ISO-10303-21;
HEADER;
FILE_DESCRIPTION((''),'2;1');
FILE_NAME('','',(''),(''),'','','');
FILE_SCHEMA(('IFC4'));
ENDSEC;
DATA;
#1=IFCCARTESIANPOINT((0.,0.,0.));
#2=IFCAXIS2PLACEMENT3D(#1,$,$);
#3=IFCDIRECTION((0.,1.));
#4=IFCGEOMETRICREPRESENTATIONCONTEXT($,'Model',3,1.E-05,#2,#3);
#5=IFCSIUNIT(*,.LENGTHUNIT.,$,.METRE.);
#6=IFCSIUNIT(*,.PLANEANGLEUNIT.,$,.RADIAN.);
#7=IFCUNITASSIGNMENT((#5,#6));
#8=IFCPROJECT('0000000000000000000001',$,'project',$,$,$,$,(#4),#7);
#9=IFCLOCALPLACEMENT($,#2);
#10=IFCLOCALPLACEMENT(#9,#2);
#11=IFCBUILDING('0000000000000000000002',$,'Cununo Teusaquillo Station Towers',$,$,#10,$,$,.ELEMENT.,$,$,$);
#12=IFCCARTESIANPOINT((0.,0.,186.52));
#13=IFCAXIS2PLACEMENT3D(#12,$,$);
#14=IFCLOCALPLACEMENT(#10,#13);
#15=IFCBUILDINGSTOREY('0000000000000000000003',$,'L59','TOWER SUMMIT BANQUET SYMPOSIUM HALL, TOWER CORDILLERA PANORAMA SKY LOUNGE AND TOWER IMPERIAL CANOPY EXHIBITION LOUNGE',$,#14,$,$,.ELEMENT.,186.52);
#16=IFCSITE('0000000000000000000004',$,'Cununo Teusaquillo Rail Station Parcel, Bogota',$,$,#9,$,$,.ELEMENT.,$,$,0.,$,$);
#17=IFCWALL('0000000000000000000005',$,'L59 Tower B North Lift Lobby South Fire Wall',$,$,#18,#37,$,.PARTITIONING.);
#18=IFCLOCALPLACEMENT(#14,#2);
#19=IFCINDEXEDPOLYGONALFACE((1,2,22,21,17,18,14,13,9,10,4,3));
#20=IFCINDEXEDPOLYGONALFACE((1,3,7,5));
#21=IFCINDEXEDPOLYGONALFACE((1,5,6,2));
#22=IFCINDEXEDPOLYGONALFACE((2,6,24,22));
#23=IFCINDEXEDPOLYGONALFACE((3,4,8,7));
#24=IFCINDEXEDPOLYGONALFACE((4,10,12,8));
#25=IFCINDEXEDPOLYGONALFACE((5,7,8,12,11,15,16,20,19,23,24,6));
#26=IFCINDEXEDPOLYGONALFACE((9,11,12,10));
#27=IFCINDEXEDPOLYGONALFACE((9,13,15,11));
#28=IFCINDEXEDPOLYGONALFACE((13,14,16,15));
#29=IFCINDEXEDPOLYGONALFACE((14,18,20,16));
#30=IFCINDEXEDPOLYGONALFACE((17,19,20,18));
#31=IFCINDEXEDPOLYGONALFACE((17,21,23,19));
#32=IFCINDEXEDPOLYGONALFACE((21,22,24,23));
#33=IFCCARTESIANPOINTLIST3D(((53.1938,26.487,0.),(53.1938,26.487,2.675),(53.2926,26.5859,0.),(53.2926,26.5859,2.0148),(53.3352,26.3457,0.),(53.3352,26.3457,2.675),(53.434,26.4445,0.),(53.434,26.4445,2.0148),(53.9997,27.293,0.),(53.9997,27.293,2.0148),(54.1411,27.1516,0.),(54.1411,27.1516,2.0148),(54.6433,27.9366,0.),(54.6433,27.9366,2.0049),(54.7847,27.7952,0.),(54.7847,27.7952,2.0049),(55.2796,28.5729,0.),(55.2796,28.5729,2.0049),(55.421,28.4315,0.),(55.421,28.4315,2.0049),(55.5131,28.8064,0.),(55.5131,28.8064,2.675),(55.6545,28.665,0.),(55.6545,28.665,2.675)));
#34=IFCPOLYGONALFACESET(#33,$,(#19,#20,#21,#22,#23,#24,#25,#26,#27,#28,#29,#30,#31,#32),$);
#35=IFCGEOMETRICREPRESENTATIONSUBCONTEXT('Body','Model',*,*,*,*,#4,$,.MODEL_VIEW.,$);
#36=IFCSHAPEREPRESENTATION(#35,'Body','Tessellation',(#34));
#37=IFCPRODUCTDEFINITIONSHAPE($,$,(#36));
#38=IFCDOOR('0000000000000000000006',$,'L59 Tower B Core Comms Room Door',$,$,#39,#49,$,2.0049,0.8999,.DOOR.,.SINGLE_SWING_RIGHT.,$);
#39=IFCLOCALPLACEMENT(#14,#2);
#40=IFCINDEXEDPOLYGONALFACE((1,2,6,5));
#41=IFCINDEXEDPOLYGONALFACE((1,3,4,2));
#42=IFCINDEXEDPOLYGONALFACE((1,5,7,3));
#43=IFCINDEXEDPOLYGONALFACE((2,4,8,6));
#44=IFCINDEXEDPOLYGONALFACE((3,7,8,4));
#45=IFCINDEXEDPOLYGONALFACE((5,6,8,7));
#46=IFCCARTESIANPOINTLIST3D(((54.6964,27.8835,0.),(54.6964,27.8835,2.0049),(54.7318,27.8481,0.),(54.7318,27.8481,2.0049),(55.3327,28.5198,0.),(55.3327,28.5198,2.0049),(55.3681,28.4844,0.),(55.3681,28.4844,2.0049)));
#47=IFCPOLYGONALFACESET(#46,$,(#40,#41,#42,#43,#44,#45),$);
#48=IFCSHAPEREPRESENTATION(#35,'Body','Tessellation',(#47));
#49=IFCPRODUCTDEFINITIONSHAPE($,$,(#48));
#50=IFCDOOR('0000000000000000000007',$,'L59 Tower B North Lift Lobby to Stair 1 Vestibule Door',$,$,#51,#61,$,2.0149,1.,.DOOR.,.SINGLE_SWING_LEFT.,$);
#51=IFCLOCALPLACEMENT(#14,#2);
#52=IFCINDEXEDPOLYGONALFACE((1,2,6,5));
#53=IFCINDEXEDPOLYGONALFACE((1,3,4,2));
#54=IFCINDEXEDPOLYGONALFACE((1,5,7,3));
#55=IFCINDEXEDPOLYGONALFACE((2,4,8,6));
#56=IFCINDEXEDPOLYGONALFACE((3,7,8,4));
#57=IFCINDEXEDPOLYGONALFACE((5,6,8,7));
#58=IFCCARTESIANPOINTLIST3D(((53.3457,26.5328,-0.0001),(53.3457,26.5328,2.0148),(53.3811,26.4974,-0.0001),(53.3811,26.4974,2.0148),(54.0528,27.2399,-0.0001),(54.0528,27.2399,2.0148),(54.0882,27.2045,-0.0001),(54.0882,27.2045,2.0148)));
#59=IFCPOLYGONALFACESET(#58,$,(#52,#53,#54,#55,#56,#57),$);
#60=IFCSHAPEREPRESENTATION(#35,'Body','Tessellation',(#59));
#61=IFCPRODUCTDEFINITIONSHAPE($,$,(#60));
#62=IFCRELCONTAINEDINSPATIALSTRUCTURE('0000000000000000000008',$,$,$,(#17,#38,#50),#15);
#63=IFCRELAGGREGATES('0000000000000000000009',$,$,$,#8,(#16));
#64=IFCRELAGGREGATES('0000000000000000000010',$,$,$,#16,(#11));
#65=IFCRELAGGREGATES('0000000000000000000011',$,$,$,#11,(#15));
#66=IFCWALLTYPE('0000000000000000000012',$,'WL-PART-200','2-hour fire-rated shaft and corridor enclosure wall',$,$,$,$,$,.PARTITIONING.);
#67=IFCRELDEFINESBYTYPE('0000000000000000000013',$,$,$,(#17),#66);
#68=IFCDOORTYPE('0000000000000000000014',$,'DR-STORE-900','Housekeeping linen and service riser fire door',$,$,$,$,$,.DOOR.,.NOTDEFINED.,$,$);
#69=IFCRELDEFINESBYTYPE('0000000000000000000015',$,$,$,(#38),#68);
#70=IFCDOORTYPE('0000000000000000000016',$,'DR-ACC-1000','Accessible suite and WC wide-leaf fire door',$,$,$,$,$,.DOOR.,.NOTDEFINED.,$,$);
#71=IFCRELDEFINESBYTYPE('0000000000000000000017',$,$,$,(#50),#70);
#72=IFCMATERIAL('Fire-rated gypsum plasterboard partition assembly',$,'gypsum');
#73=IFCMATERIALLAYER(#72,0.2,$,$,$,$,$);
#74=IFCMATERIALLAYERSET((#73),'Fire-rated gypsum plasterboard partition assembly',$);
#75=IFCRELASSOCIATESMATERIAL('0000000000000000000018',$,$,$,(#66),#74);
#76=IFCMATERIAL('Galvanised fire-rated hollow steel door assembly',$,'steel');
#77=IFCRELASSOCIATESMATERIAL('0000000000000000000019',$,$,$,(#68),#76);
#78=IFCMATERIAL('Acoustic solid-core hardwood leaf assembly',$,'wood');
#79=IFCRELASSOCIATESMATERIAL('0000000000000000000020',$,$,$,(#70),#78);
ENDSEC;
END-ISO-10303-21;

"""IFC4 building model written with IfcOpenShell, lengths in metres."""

from ifc_helpers import new_model, si_unit, direction, frame, frame_2d, origin, place, context, subcontext, project, spatial, rectangle, extrude, source, transform, mapped, material, layer, layer_set, type_object, element, fill, save


model = new_model("IFC4")

# Units and contexts
model_context = context("Model", 3, precision=1e-05, world=origin(), true_north=direction((0.0, 1.0)))
body_context = subcontext(model_context, "Body", "Model", "MODEL_VIEW")
ifc_project = project(units=[si_unit("LENGTHUNIT", "METRE"), si_unit("PLANEANGLEUNIT", "RADIAN")], contexts=[model_context])

# Site, building, storey
site_placement = place(None, origin())
site = spatial("IfcSite", under=ifc_project, at=site_placement, Name="Cununo Teusaquillo Rail Station Parcel, Bogota", CompositionType="ELEMENT", RefElevation=0.0)
building_placement = place(site_placement, origin())
building = spatial("IfcBuilding", under=site, at=building_placement, Name="Cununo Teusaquillo Station Towers", CompositionType="ELEMENT")
storey_placement = place(building_placement, frame((0.0, 0.0, 186.52)))
storey = spatial("IfcBuildingStorey", under=building, at=storey_placement, Name="L59", Description="TOWER SUMMIT BANQUET SYMPOSIUM HALL, TOWER CORDILLERA PANORAMA SKY LOUNGE AND TOWER IMPERIAL CANOPY EXHIBITION LOUNGE", CompositionType="ELEMENT", Elevation=186.52)

# Shared definitions
shared_shape_1 = source(origin(), body_context, "Body", "SweptSolid", [
    extrude(rectangle(XDim=0.8999, YDim=2.0049, at=frame_2d((0.45, 1.0024))), frame((0.0, 0.0249, 0.0), z_axis=(0.0, -1.0, 0.0), x_axis=(1.0, 0.0, 0.0)), (0.0, 0.0, 1.0), 0.05),
])

# Wall, openings, doors
ifc_material_1 = material(Name="Fire-rated gypsum plasterboard partition assembly", Category="gypsum")
ifc_layer_1 = layer(ifc_material_1, 0.2)
ifc_layer_set_1 = layer_set([ifc_layer_1], Name="Fire-rated gypsum plasterboard partition assembly")
wall_type_1 = type_object("IfcWallType", Name="WL-PART-200", Description="2-hour fire-rated shaft and corridor enclosure wall", PredefinedType="PARTITIONING", material=ifc_layer_set_1)
wall_1_placement = place(storey_placement, frame((53.2644, 26.4163, 0.0), z_axis=(0.0, 0.0, 1.0), x_axis=(0.707107, 0.707107, 0.0)))
wall_1 = element("IfcWall", 1, at=wall_1_placement, inside=storey, type_object=wall_type_1, Name="L59 Tower B North Lift Lobby South Fire Wall", PredefinedType="PARTITIONING", context=body_context, shape_type="SweptSolid", body=[
    extrude(rectangle(XDim=3.28, YDim=0.2, at=frame_2d((1.6401, 0.0))), origin(), (0.0, 0.0, 1.0), 2.675),
])
shared_shape_2 = source(origin(), body_context, "Body", "SweptSolid", [
    extrude(rectangle(XDim=1.0, YDim=2.0149, at=frame_2d((0.5, 1.0073))), frame((0.0, 0.1099, 0.0), z_axis=(0.0, -1.0, 0.0), x_axis=(1.0, 0.0, 0.0)), (0.0, 0.0, 1.0), 0.22),
])
opening_1_placement = place(wall_1_placement, frame((0.1399, 0.0, 0.0)))
opening_1 = element("IfcOpeningElement", 2, at=opening_1_placement, cuts=wall_1, PredefinedType="OPENING", context=body_context, shape_type="MappedRepresentation", body=[
    mapped(shared_shape_2, transform((0.0, 0.0, 0.0), x_axis=(1.0, 0.0, 0.0), y_axis=(0.0, 1.0, 0.0), z_axis=(0.0, 0.0, 1.0), scale=1.0)),
])
shared_shape_3 = source(origin(), body_context, "Body", "SweptSolid", [
    extrude(rectangle(XDim=0.8999, YDim=2.0049, at=frame_2d((0.45, 1.0024))), frame((0.0, 0.1099, 0.0), z_axis=(0.0, -1.0, 0.0), x_axis=(1.0, 0.0, 0.0)), (0.0, 0.0, 1.0), 0.22),
])
opening_2_placement = place(wall_1_placement, frame((2.05, 0.0, 0.0)))
opening_2 = element("IfcOpeningElement", 3, at=opening_2_placement, cuts=wall_1, PredefinedType="OPENING", context=body_context, shape_type="MappedRepresentation", body=[
    mapped(shared_shape_3, transform((0.0, 0.0, 0.0), x_axis=(1.0, 0.0, 0.0), y_axis=(0.0, 1.0, 0.0), z_axis=(0.0, 0.0, 1.0), scale=1.0)),
])
ifc_material_2 = material(Name="Galvanised fire-rated hollow steel door assembly", Category="steel")
door_type_1 = type_object("IfcDoorType", Name="DR-STORE-900", Description="Housekeeping linen and service riser fire door", OperationType="NOTDEFINED", PredefinedType="DOOR", material=ifc_material_2)
door_1_placement = place(opening_2_placement, origin())
door_1 = element("IfcDoor", 4, at=door_1_placement, inside=storey, type_object=door_type_1, Name="L59 Tower B Core Comms Room Door", OperationType="SINGLE_SWING_RIGHT", OverallHeight=2.0049, OverallWidth=0.8999, PredefinedType="DOOR", context=body_context, shape_type="MappedRepresentation", body=[
    mapped(shared_shape_1, transform((0.0, 0.0, 0.0), x_axis=(1.0, 0.0, 0.0), y_axis=(0.0, 1.0, 0.0), z_axis=(0.0, 0.0, 1.0), scale=1.0)),
])
fill(opening_2, door_1)
ifc_material_3 = material(Name="Acoustic solid-core hardwood leaf assembly", Category="wood")
door_type_2 = type_object("IfcDoorType", Name="DR-ACC-1000", Description="Accessible suite and WC wide-leaf fire door", OperationType="NOTDEFINED", PredefinedType="DOOR", material=ifc_material_3)
shared_shape_4 = source(origin(), body_context, "Body", "SweptSolid", [
    extrude(rectangle(XDim=1.0, YDim=2.0149, at=frame_2d((0.5, 1.0073))), frame((0.0, 0.0249, 0.0), z_axis=(0.0, -1.0, 0.0), x_axis=(1.0, 0.0, 0.0)), (0.0, 0.0, 1.0), 0.05),
])
door_2_placement = place(opening_1_placement, origin())
door_2 = element("IfcDoor", 5, at=door_2_placement, inside=storey, type_object=door_type_2, Name="L59 Tower B North Lift Lobby to Stair 1 Vestibule Door", OperationType="SINGLE_SWING_LEFT", OverallHeight=2.0149, OverallWidth=1.0, PredefinedType="DOOR", context=body_context, shape_type="MappedRepresentation", body=[
    mapped(shared_shape_4, transform((0.0, 0.0, 0.0), x_axis=(1.0, 0.0, 0.0), y_axis=(0.0, 1.0, 0.0), z_axis=(0.0, 0.0, 1.0), scale=1.0)),
])
fill(opening_1, door_2)

save(model, "model.ifc")
